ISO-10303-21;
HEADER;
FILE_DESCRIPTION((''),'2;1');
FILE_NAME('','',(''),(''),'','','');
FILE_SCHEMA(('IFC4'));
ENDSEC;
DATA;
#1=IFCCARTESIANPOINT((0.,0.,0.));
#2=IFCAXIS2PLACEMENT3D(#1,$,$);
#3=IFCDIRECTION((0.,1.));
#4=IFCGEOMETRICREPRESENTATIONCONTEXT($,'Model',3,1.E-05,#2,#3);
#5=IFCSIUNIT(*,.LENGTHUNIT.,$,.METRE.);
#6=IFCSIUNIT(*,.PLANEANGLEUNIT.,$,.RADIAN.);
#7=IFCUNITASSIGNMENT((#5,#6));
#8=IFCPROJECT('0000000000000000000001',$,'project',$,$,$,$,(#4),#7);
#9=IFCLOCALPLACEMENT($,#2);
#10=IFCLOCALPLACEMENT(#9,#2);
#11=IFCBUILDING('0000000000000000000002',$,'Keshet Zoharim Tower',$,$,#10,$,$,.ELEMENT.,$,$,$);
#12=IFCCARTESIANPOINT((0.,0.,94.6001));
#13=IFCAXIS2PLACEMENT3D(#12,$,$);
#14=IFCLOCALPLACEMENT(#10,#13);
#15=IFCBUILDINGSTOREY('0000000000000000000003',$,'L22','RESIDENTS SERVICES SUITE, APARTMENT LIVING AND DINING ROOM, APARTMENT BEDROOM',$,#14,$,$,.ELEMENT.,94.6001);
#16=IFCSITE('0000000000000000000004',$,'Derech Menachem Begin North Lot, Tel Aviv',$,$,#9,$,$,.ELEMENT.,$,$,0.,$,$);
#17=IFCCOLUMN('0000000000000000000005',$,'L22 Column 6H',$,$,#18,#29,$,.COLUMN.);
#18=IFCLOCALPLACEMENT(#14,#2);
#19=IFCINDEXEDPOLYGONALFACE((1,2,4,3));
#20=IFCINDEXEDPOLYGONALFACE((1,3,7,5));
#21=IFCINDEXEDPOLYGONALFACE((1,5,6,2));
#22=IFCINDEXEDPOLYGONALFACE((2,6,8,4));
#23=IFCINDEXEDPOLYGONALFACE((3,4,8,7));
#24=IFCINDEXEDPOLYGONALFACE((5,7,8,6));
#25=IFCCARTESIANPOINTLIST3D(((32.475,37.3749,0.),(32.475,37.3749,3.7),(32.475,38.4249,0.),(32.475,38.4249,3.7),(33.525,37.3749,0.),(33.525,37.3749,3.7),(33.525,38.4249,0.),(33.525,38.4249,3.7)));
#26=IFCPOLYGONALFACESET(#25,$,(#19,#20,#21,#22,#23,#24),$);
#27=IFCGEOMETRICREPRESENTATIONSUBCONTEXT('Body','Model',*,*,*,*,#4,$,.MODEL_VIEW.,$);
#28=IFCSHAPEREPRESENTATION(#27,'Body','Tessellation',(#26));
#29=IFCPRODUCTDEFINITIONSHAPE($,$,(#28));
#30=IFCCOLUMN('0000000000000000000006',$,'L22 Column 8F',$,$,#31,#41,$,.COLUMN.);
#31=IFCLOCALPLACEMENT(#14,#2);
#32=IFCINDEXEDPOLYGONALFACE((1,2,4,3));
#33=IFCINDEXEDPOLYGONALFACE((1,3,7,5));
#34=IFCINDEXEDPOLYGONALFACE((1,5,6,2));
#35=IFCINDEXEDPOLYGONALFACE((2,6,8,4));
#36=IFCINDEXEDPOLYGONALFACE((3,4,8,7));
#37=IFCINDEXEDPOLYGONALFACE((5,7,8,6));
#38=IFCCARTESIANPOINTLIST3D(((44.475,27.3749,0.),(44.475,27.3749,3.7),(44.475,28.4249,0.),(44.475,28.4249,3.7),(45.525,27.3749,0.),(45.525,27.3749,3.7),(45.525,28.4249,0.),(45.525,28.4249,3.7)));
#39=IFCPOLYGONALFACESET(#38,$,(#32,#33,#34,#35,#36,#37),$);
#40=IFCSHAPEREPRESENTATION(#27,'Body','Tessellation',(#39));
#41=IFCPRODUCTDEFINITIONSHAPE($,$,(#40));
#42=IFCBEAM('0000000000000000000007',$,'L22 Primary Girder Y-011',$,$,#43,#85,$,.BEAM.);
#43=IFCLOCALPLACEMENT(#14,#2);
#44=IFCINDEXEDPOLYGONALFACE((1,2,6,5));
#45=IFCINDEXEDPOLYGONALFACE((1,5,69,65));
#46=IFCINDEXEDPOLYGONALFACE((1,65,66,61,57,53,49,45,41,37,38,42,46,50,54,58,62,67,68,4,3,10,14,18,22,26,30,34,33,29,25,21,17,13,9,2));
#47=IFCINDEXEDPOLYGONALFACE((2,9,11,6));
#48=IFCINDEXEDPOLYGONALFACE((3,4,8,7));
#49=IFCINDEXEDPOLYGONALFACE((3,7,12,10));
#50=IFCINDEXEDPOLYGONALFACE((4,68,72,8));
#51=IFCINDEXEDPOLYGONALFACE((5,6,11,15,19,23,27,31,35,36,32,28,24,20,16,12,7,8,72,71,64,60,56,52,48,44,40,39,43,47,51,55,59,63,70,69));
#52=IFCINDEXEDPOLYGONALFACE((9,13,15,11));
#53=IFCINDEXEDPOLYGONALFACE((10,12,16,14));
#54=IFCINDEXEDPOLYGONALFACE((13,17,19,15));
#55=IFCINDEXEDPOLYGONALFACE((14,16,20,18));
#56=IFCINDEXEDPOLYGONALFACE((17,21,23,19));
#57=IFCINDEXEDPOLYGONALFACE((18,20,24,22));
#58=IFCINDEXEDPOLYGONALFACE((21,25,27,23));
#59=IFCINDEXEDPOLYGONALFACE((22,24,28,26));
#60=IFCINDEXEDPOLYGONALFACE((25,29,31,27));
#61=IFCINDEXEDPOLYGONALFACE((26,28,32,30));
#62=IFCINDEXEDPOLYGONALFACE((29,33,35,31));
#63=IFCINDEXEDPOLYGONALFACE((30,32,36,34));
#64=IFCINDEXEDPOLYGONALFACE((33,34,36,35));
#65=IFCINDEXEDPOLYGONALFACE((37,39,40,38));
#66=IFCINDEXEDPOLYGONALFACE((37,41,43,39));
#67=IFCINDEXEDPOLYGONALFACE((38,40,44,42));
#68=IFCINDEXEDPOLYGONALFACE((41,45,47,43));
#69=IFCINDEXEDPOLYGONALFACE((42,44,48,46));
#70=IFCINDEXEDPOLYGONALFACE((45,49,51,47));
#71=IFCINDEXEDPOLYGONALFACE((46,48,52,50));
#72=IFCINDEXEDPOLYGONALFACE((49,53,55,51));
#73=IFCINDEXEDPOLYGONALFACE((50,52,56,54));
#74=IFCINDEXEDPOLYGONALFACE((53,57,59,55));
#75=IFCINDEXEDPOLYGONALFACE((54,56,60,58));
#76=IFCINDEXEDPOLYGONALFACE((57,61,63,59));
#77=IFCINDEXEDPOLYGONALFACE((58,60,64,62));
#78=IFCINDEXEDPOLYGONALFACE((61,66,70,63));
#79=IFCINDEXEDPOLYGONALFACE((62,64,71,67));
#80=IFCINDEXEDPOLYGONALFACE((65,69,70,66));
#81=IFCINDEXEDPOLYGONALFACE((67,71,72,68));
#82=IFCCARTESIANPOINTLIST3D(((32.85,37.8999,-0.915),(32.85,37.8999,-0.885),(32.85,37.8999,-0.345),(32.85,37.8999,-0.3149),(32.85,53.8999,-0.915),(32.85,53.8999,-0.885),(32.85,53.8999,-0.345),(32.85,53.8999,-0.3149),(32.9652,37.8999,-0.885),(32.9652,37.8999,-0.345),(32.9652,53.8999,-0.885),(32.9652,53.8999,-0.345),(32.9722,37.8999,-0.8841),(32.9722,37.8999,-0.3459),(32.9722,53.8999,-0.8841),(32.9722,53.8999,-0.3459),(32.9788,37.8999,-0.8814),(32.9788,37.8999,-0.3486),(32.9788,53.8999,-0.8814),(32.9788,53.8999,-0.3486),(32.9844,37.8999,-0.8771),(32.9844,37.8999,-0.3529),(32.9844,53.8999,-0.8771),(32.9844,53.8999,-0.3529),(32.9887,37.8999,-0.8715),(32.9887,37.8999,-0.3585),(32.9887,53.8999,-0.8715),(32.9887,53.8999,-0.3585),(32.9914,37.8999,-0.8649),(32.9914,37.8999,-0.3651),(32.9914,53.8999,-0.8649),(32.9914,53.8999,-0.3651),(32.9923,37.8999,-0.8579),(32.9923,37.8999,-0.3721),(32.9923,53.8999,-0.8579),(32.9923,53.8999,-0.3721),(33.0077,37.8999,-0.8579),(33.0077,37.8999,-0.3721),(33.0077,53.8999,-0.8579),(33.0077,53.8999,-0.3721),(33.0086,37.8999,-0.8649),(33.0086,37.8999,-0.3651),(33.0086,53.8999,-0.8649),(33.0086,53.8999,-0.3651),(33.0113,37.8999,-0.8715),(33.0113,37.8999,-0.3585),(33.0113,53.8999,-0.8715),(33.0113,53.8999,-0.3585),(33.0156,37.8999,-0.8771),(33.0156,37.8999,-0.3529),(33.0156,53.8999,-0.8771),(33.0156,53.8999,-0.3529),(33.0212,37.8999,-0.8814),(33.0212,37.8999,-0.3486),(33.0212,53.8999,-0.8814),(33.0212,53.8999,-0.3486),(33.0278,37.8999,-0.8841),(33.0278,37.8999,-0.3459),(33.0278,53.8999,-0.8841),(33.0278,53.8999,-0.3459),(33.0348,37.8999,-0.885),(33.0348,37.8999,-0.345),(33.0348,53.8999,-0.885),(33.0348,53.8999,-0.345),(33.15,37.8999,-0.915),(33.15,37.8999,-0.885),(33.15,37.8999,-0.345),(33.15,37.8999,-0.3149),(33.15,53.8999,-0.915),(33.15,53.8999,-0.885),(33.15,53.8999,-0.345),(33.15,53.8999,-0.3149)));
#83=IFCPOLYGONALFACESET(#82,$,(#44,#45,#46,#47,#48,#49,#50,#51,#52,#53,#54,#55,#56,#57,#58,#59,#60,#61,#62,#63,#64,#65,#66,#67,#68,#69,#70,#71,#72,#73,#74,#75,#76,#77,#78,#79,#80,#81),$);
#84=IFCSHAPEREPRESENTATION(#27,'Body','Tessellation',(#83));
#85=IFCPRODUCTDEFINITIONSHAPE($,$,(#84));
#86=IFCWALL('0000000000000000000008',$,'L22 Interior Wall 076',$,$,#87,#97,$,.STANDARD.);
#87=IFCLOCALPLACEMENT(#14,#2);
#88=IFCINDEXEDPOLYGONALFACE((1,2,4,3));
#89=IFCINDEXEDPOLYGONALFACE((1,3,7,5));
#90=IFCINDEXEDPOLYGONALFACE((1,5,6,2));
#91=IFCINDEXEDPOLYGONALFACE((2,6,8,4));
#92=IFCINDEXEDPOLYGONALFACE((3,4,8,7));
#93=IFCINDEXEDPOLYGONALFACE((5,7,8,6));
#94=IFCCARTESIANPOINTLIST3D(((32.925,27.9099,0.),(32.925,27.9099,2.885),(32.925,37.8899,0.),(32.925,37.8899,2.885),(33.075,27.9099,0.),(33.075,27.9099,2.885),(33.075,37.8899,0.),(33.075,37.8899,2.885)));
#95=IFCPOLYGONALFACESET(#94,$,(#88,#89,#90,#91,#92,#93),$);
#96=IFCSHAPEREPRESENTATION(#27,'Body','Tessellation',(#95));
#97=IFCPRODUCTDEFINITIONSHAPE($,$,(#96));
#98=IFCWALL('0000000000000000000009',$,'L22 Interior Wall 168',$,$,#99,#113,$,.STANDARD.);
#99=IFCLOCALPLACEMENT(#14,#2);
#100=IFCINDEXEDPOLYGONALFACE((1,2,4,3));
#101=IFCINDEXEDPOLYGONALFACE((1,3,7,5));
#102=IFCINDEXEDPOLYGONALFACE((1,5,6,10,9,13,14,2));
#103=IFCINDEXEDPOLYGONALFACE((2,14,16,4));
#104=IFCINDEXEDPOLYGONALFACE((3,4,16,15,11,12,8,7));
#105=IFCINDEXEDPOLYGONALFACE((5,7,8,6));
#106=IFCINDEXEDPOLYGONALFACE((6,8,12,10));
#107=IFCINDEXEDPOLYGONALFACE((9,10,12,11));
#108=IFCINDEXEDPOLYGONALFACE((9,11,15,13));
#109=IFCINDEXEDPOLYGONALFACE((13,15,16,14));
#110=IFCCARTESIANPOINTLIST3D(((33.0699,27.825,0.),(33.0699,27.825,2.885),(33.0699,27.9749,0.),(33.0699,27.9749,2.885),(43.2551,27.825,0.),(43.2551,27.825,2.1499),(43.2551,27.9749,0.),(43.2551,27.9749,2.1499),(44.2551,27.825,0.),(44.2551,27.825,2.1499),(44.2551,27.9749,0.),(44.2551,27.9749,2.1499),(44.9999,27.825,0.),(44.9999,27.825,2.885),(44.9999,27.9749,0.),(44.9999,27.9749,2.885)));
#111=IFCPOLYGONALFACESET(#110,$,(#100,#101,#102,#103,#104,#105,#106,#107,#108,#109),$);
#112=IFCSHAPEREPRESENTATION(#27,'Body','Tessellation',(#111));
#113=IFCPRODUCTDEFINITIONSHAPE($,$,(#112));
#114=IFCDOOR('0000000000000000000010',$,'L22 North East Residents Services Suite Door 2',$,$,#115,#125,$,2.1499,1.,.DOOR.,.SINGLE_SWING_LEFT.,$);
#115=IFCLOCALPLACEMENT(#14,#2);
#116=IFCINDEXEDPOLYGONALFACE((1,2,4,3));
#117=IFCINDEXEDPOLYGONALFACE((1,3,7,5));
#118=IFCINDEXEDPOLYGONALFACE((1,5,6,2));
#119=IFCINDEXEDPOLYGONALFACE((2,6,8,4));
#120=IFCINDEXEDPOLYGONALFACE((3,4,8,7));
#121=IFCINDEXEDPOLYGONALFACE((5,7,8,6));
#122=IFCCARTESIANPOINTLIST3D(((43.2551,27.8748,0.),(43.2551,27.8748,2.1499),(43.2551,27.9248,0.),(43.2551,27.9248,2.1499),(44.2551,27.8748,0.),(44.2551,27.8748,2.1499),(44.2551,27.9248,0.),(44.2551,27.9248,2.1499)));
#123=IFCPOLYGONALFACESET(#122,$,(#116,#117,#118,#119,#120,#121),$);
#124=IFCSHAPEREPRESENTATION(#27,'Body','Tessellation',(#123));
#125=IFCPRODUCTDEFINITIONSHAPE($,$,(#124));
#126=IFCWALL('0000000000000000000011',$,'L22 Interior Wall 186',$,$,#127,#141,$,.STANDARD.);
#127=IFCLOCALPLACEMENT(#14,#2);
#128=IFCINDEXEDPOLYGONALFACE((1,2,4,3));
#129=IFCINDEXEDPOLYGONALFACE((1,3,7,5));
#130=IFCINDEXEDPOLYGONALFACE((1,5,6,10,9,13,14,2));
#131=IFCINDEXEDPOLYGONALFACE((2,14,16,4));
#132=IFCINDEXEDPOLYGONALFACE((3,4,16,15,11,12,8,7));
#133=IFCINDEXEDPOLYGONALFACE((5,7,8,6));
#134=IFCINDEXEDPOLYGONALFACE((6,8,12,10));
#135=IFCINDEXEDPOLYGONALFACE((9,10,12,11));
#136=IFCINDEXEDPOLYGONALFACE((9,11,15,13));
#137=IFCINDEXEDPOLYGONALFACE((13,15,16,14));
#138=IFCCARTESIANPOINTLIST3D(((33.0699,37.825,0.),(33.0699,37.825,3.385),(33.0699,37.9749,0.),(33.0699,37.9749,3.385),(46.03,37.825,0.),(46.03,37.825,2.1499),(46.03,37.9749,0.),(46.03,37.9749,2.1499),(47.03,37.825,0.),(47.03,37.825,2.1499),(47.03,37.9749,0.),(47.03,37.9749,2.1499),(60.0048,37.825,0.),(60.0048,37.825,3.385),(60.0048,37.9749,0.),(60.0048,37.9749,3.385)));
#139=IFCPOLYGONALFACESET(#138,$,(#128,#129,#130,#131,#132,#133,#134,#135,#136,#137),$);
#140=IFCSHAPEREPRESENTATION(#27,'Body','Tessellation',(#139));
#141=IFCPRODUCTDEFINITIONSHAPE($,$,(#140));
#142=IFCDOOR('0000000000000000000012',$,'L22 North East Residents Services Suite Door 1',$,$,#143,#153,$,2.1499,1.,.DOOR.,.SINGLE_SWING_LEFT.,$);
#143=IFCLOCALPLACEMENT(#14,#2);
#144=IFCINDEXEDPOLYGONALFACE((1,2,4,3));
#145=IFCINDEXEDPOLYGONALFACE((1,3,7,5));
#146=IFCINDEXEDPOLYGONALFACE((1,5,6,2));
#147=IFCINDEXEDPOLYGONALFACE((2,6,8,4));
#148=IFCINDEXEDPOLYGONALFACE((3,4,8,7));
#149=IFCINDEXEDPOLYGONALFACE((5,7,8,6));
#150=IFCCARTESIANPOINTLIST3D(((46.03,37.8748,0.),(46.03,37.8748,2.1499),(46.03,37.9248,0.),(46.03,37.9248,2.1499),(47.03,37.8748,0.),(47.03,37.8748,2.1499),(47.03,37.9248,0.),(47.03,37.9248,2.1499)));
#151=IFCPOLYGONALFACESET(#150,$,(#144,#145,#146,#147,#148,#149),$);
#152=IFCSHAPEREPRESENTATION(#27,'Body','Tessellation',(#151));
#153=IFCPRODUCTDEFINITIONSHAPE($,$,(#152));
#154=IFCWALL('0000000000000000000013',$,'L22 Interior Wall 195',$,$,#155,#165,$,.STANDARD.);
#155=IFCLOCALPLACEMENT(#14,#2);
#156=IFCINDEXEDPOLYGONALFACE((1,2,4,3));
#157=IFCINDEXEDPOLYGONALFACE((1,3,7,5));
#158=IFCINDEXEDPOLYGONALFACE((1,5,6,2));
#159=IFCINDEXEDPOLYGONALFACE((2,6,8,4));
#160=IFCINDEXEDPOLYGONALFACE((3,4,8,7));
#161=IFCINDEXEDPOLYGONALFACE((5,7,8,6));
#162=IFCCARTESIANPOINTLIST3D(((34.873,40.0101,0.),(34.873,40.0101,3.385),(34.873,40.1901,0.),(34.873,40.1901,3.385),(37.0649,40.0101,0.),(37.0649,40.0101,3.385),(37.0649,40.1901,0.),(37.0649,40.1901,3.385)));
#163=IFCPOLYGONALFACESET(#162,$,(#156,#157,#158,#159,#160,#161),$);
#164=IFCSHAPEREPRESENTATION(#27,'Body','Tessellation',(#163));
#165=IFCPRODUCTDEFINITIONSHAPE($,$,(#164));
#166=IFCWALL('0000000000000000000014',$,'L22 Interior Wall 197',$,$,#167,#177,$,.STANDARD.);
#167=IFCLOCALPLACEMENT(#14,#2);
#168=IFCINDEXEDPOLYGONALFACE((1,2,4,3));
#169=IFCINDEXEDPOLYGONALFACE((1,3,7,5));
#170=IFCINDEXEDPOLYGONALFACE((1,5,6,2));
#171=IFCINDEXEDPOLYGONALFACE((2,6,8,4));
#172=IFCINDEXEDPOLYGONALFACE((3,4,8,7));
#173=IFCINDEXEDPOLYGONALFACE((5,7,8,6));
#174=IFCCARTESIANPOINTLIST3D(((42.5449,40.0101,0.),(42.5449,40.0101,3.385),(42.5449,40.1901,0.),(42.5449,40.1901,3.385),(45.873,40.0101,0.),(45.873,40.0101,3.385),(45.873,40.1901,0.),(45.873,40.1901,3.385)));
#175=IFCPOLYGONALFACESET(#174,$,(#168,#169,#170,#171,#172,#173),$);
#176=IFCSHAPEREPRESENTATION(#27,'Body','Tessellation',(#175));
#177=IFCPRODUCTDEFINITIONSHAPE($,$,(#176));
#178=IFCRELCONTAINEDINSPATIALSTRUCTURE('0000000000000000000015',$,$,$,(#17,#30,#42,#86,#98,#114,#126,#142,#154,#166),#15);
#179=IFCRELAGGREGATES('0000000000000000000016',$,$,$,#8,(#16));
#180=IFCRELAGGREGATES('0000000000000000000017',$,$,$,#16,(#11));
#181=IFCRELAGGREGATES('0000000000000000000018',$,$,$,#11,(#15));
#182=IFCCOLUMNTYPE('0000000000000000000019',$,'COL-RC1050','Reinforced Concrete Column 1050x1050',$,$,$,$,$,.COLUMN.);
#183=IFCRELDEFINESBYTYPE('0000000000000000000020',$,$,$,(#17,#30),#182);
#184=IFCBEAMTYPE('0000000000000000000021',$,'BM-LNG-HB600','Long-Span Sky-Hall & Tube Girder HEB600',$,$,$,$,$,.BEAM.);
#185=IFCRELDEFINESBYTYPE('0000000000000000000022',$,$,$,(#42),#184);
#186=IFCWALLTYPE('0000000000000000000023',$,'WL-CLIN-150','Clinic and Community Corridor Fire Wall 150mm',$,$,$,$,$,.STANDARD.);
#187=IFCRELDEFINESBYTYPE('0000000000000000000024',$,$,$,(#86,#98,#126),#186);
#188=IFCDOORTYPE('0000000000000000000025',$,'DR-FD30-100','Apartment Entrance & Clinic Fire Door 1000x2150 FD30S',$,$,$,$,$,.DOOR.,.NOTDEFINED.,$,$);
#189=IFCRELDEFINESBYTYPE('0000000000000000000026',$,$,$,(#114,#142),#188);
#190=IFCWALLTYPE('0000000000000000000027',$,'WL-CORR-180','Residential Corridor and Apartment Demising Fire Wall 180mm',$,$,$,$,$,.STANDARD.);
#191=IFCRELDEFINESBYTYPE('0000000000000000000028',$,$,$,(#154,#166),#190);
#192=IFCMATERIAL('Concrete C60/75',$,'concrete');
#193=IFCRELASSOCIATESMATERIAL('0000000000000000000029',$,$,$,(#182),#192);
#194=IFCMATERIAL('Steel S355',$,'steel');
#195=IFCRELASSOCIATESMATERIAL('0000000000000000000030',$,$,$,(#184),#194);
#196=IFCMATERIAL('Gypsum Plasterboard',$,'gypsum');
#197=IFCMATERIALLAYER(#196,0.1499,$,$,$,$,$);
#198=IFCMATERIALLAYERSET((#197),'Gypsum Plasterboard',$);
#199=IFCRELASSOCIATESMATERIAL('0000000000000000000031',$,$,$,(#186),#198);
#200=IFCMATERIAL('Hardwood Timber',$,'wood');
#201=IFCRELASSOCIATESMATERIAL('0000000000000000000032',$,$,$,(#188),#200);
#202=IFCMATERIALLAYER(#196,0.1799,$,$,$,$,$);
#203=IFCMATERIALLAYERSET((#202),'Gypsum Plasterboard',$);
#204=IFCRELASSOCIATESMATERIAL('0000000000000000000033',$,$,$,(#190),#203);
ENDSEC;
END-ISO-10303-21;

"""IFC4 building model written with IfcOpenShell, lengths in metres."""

from ifc_helpers import new_model, si_unit, direction, frame, frame_2d, origin, origin_2d, place, context, subcontext, project, spatial, rectangle, i_section, extrude, material, layer, layer_set, material_profile, profile_set, type_object, element, fill, save


model = new_model("IFC4")

# Units and contexts
model_context = context("Model", 3, precision=1e-05, world=origin(), true_north=direction((0.0, 1.0)))
body_context = subcontext(model_context, "Body", "Model", "MODEL_VIEW")
ifc_project = project(units=[si_unit("LENGTHUNIT", "METRE"), si_unit("PLANEANGLEUNIT", "RADIAN")], contexts=[model_context])

# Site, building, storey
site_placement = place(None, origin())
site = spatial("IfcSite", under=ifc_project, at=site_placement, Name="Derech Menachem Begin North Lot, Tel Aviv", CompositionType="ELEMENT", RefElevation=0.0)
building_placement = place(site_placement, origin())
building = spatial("IfcBuilding", under=site, at=building_placement, Name="Keshet Zoharim Tower", CompositionType="ELEMENT")
storey_placement = place(building_placement, frame((0.0, 0.0, 94.6001)))
storey = spatial("IfcBuildingStorey", under=building, at=storey_placement, Name="L22", Description="RESIDENTS SERVICES SUITE, APARTMENT LIVING AND DINING ROOM, APARTMENT BEDROOM", CompositionType="ELEMENT", Elevation=94.6001)

# Columns
ifc_material_1 = material(Name="Concrete C60/75", Category="concrete")
ifc_material_profile_1 = material_profile(ifc_material_1, rectangle(XDim=1.05, YDim=1.05, at=origin_2d()), Name="RC1050x1050")
ifc_profile_set_1 = profile_set([ifc_material_profile_1], Name="Concrete C60/75")
column_type = type_object("IfcColumnType", Name="COL-RC1050", Description="Reinforced Concrete Column 1050x1050", PredefinedType="COLUMN", material=ifc_profile_set_1)
for number, where, z_axis, x_axis, name in (
    (1, (33.0, 37.8999, 0.0), (0.0, 0.0, 1.0), (1.0, 0.0, 0.0), "L22 Column 6H"),
    (2, (45.0, 27.8999, 0.0), (0.0, 0.0, 1.0), (1.0, 0.0, 0.0), "L22 Column 8F"),
):
    element("IfcColumn", number, at=place(storey_placement, frame(where, z_axis=z_axis, x_axis=x_axis)), inside=storey, type_object=column_type, Name=name, PredefinedType="COLUMN", context=body_context, shape_type="SweptSolid", body=[
        extrude(rectangle(XDim=1.05, YDim=1.05, at=origin_2d()), origin(), (0.0, 0.0, 1.0), 3.7),
    ])

# Beam
ifc_material_2 = material(Name="Steel S355", Category="steel")
ifc_material_profile_2 = material_profile(ifc_material_2, i_section(OverallWidth=0.3, OverallDepth=0.6001, WebThickness=0.0154, FlangeThickness=0.03, FilletRadius=0.0271, at=origin_2d()), Name="HEB600")
ifc_profile_set_2 = profile_set([ifc_material_profile_2], Name="Steel S355")
beam_type = type_object("IfcBeamType", Name="BM-LNG-HB600", Description="Long-Span Sky-Hall & Tube Girder HEB600", PredefinedType="BEAM", material=ifc_profile_set_2)
beam_placement = place(storey_placement, frame((33.0, 37.8999, -0.615), z_axis=(0.0, 1.0, 0.0), x_axis=(-1.0, 0.0, 0.0)))
element("IfcBeam", 3, at=beam_placement, inside=storey, type_object=beam_type, Name="L22 Primary Girder Y-011", PredefinedType="BEAM", context=body_context, shape_type="SweptSolid", body=[
    extrude(i_section(OverallWidth=0.3, OverallDepth=0.6001, WebThickness=0.0154, FlangeThickness=0.03, FilletRadius=0.0271, at=origin_2d()), origin(), (0.0, 0.0, 1.0), 16.0),
])

# Wall
ifc_material_3 = material(Name="Gypsum Plasterboard", Category="gypsum")
ifc_layer_1 = layer(ifc_material_3, 0.1499)
ifc_layer_set_1 = layer_set([ifc_layer_1], Name="Gypsum Plasterboard")
wall_type_1 = type_object("IfcWallType", Name="WL-CLIN-150", Description="Clinic and Community Corridor Fire Wall 150mm", PredefinedType="STANDARD", material=ifc_layer_set_1)
wall_1_placement = place(storey_placement, frame((33.0, 27.9099, 0.0), z_axis=(0.0, 0.0, 1.0), x_axis=(0.0, 1.0, 0.0)))
element("IfcWall", 4, at=wall_1_placement, inside=storey, type_object=wall_type_1, Name="L22 Interior Wall 076", PredefinedType="STANDARD", context=body_context, shape_type="SweptSolid", body=[
    extrude(rectangle(XDim=9.98, YDim=0.1499, at=frame_2d((4.99, 0.0))), origin(), (0.0, 0.0, 1.0), 2.885),
])

# Walls, openings, doors
wall_2_placement = place(storey_placement, frame((33.0701, 27.8999, 0.0), z_axis=(0.0, 0.0, 1.0), x_axis=(1.0, 0.0, 0.0)))
wall_2 = element("IfcWall", 5, at=wall_2_placement, inside=storey, type_object=wall_type_1, Name="L22 Interior Wall 168", PredefinedType="STANDARD", context=body_context, shape_type="SweptSolid", body=[
    extrude(rectangle(XDim=11.9299, YDim=0.1499, at=frame_2d((5.9648, 0.0))), origin(), (0.0, 0.0, 1.0), 2.885),
])
opening_1_placement = place(wall_2_placement, frame((10.1851, 0.0, 0.0)))
opening_1 = element("IfcOpeningElement", 6, at=opening_1_placement, cuts=wall_2, PredefinedType="OPENING", context=body_context, shape_type="SweptSolid", body=[
    extrude(rectangle(XDim=1.0, YDim=2.1499, at=frame_2d((0.5, 1.075))), frame((0.0, 0.085, 0.0), z_axis=(0.0, -1.0, 0.0), x_axis=(1.0, 0.0, 0.0)), (0.0, 0.0, 1.0), 0.1699),
])
ifc_material_4 = material(Name="Hardwood Timber", Category="wood")
door_type_1 = type_object("IfcDoorType", Name="DR-FD30-100", Description="Apartment Entrance & Clinic Fire Door 1000x2150 FD30S", OperationType="NOTDEFINED", PredefinedType="DOOR", material=ifc_material_4)
door_1_placement = place(opening_1_placement, origin())
door_1 = element("IfcDoor", 7, at=door_1_placement, inside=storey, type_object=door_type_1, Name="L22 North East Residents Services Suite Door 2", OperationType="SINGLE_SWING_LEFT", OverallHeight=2.1499, OverallWidth=1.0, PredefinedType="DOOR", context=body_context, shape_type="SweptSolid", body=[
    extrude(rectangle(XDim=1.0, YDim=2.1499, at=frame_2d((0.5, 1.075))), frame((0.0, 0.0249, 0.0), z_axis=(0.0, -1.0, 0.0), x_axis=(1.0, 0.0, 0.0)), (0.0, 0.0, 1.0), 0.05),
])
fill(opening_1, door_1)
wall_3_placement = place(storey_placement, frame((33.0701, 37.8999, 0.0), z_axis=(0.0, 0.0, 1.0), x_axis=(1.0, 0.0, 0.0)))
wall_3 = element("IfcWall", 8, at=wall_3_placement, inside=storey, type_object=wall_type_1, Name="L22 Interior Wall 186", PredefinedType="STANDARD", context=body_context, shape_type="SweptSolid", body=[
    extrude(rectangle(XDim=26.9348, YDim=0.1499, at=frame_2d((13.4673, 0.0))), origin(), (0.0, 0.0, 1.0), 3.385),
])
opening_2_placement = place(wall_3_placement, frame((12.96, 0.0, 0.0)))
opening_2 = element("IfcOpeningElement", 9, at=opening_2_placement, cuts=wall_3, PredefinedType="OPENING", context=body_context, shape_type="SweptSolid", body=[
    extrude(rectangle(XDim=1.0, YDim=2.1499, at=frame_2d((0.5, 1.075))), frame((0.0, 0.085, 0.0), z_axis=(0.0, -1.0, 0.0), x_axis=(1.0, 0.0, 0.0)), (0.0, 0.0, 1.0), 0.1699),
])
door_2_placement = place(opening_2_placement, origin())
door_2 = element("IfcDoor", 10, at=door_2_placement, inside=storey, type_object=door_type_1, Name="L22 North East Residents Services Suite Door 1", OperationType="SINGLE_SWING_LEFT", OverallHeight=2.1499, OverallWidth=1.0, PredefinedType="DOOR", context=body_context, shape_type="SweptSolid", body=[
    extrude(rectangle(XDim=1.0, YDim=2.1499, at=frame_2d((0.5, 1.075))), frame((0.0, 0.0249, 0.0), z_axis=(0.0, -1.0, 0.0), x_axis=(1.0, 0.0, 0.0)), (0.0, 0.0, 1.0), 0.05),
])
fill(opening_2, door_2)

# Wall
ifc_layer_2 = layer(ifc_material_3, 0.1799)
ifc_layer_set_2 = layer_set([ifc_layer_2], Name="Gypsum Plasterboard")
wall_type_2 = type_object("IfcWallType", Name="WL-CORR-180", Description="Residential Corridor and Apartment Demising Fire Wall 180mm", PredefinedType="STANDARD", material=ifc_layer_set_2)
wall_4_placement = place(storey_placement, frame((34.873, 40.1001, 0.0), z_axis=(0.0, 0.0, 1.0), x_axis=(1.0, 0.0, 0.0)))
element("IfcWall", 11, at=wall_4_placement, inside=storey, type_object=wall_type_2, Name="L22 Interior Wall 195", PredefinedType="STANDARD", context=body_context, shape_type="SweptSolid", body=[
    extrude(rectangle(XDim=2.1919, YDim=0.1799, at=frame_2d((1.0959, 0.0))), origin(), (0.0, 0.0, 1.0), 3.385),
])

# Wall
wall_5_placement = place(storey_placement, frame((42.5449, 40.1001, 0.0), z_axis=(0.0, 0.0, 1.0), x_axis=(1.0, 0.0, 0.0)))
element("IfcWall", 12, at=wall_5_placement, inside=storey, type_object=wall_type_2, Name="L22 Interior Wall 197", PredefinedType="STANDARD", context=body_context, shape_type="SweptSolid", body=[
    extrude(rectangle(XDim=3.3281, YDim=0.1799, at=frame_2d((1.6641, 0.0))), origin(), (0.0, 0.0, 1.0), 3.385),
])

save(model, "model.ifc")
